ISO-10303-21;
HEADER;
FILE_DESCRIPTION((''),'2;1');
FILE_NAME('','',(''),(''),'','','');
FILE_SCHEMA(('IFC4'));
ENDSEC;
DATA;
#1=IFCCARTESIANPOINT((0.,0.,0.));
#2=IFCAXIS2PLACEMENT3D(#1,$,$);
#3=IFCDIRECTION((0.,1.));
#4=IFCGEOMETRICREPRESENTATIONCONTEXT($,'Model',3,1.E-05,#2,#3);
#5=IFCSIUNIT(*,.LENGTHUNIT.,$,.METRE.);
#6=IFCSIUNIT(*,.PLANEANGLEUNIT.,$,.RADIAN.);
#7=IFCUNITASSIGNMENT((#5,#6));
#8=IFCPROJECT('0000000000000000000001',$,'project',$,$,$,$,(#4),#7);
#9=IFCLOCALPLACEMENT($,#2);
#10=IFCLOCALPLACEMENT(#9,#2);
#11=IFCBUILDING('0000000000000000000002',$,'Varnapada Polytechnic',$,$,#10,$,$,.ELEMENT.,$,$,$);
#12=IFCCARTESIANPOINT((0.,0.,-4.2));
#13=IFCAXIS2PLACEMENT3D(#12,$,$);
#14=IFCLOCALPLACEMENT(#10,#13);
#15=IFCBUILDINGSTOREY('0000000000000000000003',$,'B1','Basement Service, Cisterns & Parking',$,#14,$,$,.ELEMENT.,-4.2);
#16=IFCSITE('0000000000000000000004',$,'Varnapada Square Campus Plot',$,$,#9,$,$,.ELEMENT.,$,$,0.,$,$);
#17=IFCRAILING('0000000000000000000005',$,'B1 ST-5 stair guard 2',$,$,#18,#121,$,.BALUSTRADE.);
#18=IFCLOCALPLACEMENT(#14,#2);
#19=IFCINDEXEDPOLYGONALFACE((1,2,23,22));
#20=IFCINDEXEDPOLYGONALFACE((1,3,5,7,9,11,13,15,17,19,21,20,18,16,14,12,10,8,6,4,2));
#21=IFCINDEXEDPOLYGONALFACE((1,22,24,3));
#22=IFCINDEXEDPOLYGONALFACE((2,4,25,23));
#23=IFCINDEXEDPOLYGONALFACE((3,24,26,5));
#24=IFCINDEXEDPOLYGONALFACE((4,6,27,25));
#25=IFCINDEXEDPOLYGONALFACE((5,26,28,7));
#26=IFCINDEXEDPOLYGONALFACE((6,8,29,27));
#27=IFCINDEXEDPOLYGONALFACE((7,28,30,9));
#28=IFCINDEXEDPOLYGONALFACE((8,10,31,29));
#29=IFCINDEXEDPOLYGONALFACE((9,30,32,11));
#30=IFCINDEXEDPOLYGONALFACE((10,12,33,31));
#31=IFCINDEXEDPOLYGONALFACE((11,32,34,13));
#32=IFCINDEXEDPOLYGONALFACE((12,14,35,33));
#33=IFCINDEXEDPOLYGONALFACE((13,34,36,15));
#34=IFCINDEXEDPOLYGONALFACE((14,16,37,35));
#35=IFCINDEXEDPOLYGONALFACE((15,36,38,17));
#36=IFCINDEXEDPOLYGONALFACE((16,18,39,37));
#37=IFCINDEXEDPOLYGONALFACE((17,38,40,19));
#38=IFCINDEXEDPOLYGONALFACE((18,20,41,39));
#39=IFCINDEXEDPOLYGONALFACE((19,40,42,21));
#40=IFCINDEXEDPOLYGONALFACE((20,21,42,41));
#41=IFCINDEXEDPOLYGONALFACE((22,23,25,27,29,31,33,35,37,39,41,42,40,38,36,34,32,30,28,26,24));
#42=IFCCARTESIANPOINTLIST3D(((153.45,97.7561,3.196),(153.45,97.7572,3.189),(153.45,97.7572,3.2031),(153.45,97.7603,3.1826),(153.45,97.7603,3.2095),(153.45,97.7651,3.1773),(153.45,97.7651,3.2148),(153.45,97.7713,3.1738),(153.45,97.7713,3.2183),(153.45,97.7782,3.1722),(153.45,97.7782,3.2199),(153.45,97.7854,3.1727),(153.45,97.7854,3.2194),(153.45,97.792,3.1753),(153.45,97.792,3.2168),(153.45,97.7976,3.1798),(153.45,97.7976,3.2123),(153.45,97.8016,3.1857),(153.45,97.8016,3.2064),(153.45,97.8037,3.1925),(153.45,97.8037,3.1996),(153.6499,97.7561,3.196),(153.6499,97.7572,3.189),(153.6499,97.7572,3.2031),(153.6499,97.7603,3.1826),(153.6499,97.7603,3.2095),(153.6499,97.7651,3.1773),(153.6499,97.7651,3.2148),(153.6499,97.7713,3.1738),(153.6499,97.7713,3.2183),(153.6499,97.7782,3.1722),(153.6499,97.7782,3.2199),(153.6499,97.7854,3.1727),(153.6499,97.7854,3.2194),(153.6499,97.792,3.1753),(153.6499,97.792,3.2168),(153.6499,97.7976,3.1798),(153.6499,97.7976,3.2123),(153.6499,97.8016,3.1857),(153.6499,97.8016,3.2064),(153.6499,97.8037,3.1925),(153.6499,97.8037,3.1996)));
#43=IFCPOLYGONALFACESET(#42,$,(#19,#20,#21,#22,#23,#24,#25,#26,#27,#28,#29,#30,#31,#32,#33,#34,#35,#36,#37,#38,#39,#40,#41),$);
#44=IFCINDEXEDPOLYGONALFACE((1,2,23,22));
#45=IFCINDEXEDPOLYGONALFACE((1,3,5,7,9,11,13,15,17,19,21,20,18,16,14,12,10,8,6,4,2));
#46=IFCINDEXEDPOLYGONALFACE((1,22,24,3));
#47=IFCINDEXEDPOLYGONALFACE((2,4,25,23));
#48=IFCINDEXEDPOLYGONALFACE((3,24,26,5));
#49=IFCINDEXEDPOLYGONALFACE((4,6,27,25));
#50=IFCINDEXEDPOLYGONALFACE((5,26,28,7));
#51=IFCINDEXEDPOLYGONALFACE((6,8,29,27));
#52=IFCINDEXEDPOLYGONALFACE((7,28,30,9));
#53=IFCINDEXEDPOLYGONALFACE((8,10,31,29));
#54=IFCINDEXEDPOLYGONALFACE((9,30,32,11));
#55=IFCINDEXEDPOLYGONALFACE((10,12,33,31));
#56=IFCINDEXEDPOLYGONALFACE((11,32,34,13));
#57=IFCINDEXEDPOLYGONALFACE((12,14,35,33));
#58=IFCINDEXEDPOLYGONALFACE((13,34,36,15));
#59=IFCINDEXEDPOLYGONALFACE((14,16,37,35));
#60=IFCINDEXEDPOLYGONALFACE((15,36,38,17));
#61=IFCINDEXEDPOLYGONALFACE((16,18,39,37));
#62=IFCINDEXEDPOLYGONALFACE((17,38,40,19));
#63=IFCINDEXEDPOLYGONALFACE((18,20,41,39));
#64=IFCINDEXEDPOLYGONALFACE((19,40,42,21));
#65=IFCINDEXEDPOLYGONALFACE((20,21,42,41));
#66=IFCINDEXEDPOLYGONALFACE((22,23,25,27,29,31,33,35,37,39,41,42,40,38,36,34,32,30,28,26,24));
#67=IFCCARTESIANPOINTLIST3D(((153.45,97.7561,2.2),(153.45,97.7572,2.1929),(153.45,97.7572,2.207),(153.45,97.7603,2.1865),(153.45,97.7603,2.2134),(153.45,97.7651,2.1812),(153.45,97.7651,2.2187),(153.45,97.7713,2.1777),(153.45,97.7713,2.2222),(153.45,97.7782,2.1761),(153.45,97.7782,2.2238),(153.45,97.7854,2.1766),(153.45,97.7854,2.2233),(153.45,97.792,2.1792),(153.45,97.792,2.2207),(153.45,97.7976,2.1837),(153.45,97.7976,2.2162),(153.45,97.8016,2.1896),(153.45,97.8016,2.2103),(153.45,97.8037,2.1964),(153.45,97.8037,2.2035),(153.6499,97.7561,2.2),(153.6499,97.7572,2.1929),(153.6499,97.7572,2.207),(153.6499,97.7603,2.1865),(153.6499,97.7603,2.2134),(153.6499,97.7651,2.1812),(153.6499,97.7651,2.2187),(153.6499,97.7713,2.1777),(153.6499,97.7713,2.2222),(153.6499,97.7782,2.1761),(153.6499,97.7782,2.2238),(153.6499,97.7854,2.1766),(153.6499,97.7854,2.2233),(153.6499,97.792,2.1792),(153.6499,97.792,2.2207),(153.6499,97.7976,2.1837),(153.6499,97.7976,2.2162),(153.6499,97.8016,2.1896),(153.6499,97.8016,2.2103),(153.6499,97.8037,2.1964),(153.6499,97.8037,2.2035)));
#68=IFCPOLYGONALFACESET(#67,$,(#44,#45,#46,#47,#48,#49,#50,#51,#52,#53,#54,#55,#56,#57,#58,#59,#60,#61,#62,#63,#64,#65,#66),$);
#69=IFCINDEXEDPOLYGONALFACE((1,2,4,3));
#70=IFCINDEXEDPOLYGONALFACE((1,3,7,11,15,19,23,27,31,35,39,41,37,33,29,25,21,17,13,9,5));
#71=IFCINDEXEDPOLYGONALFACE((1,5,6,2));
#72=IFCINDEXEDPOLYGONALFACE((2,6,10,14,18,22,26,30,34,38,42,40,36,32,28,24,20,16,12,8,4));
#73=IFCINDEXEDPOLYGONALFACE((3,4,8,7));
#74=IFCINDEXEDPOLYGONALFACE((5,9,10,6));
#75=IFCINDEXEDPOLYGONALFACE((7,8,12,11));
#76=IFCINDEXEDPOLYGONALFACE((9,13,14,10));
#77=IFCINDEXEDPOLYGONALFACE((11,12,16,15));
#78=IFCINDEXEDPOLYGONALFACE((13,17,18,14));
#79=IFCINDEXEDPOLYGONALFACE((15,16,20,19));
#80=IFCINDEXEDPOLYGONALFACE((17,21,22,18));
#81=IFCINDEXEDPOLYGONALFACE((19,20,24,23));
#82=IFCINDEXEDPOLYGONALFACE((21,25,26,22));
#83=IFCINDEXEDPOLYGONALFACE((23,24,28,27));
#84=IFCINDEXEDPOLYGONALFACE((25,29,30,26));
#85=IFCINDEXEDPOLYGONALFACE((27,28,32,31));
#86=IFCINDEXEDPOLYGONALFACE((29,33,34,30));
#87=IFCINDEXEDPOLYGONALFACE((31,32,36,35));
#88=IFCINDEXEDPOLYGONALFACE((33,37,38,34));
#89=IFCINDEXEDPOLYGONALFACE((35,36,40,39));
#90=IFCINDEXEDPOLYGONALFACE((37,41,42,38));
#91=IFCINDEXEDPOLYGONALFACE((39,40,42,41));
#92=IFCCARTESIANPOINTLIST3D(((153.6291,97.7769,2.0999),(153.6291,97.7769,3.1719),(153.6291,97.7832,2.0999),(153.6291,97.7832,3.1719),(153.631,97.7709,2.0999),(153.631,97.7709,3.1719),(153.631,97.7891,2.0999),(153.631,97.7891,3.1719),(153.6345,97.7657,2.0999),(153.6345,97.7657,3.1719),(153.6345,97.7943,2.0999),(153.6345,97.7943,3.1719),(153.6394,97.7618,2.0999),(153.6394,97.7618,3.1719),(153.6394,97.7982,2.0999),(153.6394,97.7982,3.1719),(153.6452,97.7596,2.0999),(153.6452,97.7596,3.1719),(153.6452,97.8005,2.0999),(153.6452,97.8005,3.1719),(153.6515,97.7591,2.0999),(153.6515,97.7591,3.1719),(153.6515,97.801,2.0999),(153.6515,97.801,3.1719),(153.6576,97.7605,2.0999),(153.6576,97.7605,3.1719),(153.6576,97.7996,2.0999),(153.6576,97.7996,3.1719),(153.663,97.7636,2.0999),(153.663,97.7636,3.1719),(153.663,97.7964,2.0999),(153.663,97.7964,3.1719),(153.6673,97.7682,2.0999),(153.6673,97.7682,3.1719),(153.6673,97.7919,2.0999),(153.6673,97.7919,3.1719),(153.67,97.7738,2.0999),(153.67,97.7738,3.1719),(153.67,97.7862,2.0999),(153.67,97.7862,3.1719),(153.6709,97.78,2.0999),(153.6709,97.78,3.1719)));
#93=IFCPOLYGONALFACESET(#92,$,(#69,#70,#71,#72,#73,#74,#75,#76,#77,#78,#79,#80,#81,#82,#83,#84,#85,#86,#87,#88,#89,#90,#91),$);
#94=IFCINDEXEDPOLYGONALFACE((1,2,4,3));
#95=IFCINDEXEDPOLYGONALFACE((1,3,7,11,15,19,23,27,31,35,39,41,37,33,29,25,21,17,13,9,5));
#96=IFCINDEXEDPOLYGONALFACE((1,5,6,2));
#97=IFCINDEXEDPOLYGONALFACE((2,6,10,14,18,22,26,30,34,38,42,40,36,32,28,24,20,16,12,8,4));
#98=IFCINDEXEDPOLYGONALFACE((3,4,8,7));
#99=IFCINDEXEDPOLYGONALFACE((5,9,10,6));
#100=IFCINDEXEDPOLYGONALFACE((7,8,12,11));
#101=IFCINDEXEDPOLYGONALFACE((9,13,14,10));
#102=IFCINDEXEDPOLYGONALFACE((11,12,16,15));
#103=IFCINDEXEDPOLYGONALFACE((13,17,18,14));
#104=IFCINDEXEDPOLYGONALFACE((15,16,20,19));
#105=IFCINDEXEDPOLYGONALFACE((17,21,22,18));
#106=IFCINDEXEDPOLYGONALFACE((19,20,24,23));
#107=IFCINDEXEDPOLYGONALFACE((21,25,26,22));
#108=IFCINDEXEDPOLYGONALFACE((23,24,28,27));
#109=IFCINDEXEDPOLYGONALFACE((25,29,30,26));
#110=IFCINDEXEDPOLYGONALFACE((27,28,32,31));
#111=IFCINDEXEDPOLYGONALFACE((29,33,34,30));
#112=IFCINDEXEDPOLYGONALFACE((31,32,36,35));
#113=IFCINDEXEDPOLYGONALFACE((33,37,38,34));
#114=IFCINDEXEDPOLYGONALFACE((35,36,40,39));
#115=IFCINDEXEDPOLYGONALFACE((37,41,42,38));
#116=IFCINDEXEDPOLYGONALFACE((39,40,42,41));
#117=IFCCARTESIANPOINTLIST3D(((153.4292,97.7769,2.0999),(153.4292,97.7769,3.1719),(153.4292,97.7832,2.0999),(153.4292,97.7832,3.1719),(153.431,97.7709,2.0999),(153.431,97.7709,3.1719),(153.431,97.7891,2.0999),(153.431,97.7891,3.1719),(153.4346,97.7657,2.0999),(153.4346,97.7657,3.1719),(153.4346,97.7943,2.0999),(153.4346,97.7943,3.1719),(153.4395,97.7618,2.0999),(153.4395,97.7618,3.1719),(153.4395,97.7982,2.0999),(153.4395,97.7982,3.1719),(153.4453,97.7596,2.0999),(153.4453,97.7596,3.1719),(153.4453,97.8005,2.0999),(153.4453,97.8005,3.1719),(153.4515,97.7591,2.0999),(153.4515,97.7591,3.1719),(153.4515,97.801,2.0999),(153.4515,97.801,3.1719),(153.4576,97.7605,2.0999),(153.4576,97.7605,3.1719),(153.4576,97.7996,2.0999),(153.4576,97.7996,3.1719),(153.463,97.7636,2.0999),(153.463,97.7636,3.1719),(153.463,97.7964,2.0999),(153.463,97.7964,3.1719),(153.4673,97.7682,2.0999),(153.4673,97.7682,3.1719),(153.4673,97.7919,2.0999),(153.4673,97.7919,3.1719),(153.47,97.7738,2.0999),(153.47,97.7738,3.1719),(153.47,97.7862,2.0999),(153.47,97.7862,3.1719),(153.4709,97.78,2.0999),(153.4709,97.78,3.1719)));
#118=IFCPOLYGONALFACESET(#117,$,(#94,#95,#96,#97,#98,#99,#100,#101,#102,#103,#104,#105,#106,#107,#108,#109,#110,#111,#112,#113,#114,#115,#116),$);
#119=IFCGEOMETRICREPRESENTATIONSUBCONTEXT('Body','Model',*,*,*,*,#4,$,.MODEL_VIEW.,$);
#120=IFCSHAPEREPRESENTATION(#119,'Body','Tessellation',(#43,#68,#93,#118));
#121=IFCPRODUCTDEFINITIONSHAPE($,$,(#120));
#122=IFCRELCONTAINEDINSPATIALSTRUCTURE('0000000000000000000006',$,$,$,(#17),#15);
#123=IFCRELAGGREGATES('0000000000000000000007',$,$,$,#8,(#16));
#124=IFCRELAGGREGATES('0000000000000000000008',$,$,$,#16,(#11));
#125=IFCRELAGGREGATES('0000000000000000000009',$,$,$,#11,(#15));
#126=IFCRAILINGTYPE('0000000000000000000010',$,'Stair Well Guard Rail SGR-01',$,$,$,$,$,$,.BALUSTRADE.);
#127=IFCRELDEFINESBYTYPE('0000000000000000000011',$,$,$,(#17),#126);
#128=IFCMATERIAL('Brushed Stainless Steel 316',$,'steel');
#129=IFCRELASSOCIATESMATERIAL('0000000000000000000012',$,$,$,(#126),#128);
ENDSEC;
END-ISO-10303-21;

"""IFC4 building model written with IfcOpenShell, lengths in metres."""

from ifc_helpers import new_model, si_unit, direction, frame, origin, origin_2d, place, context, subcontext, project, spatial, circle, extrude, material, type_object, element, save


model = new_model("IFC4")

# Units and contexts
model_context = context("Model", 3, precision=1e-05, world=origin(), true_north=direction((0.0, 1.0)))
body_context = subcontext(model_context, "Body", "Model", "MODEL_VIEW")
ifc_project = project(units=[si_unit("LENGTHUNIT", "METRE"), si_unit("PLANEANGLEUNIT", "RADIAN")], contexts=[model_context])

# Site, building, storey
site_placement = place(None, origin())
site = spatial("IfcSite", under=ifc_project, at=site_placement, Name="Varnapada Square Campus Plot", CompositionType="ELEMENT", RefElevation=0.0)
building_placement = place(site_placement, origin())
building = spatial("IfcBuilding", under=site, at=building_placement, Name="Varnapada Polytechnic", CompositionType="ELEMENT")
storey_placement = place(building_placement, frame((0.0, 0.0, -4.2)))
storey = spatial("IfcBuildingStorey", under=building, at=storey_placement, Name="B1", Description="Basement Service, Cisterns & Parking", CompositionType="ELEMENT", Elevation=-4.2)

# Shared definitions
ifc_material_1 = material(Name="Brushed Stainless Steel 316", Category="steel")

# Railing
railing_type_1 = type_object("IfcRailingType", Name="Stair Well Guard Rail SGR-01", PredefinedType="BALUSTRADE", material=ifc_material_1)
railing_1_placement = place(storey_placement, frame((153.6499, 97.78, 2.0999)))
element("IfcRailing", 1, at=railing_1_placement, inside=storey, type_object=railing_type_1, Name="B1 ST-5 stair guard 2", PredefinedType="BALUSTRADE", context=body_context, shape_type="SweptSolid", body=[
    extrude(circle(Radius=0.0239, at=origin_2d()), frame((0.0, 0.0, 1.0962), z_axis=(-1.0, 0.0, 0.0), x_axis=(0.0, -1.0, 0.0)), (0.0, 0.0, 1.0), 0.2),
    extrude(circle(Radius=0.0239, at=origin_2d()), frame((0.0, 0.0, 0.1001), z_axis=(-1.0, 0.0, 0.0), x_axis=(0.0, -1.0, 0.0)), (0.0, 0.0, 1.0), 0.2),
    extrude(circle(Radius=0.021, at=origin_2d()), origin(), (0.0, 0.0, 1.0), 1.072),
    extrude(circle(Radius=0.021, at=origin_2d()), frame((-0.2, 0.0, 0.0)), (0.0, 0.0, 1.0), 1.072),
])

save(model, "model.ifc")
